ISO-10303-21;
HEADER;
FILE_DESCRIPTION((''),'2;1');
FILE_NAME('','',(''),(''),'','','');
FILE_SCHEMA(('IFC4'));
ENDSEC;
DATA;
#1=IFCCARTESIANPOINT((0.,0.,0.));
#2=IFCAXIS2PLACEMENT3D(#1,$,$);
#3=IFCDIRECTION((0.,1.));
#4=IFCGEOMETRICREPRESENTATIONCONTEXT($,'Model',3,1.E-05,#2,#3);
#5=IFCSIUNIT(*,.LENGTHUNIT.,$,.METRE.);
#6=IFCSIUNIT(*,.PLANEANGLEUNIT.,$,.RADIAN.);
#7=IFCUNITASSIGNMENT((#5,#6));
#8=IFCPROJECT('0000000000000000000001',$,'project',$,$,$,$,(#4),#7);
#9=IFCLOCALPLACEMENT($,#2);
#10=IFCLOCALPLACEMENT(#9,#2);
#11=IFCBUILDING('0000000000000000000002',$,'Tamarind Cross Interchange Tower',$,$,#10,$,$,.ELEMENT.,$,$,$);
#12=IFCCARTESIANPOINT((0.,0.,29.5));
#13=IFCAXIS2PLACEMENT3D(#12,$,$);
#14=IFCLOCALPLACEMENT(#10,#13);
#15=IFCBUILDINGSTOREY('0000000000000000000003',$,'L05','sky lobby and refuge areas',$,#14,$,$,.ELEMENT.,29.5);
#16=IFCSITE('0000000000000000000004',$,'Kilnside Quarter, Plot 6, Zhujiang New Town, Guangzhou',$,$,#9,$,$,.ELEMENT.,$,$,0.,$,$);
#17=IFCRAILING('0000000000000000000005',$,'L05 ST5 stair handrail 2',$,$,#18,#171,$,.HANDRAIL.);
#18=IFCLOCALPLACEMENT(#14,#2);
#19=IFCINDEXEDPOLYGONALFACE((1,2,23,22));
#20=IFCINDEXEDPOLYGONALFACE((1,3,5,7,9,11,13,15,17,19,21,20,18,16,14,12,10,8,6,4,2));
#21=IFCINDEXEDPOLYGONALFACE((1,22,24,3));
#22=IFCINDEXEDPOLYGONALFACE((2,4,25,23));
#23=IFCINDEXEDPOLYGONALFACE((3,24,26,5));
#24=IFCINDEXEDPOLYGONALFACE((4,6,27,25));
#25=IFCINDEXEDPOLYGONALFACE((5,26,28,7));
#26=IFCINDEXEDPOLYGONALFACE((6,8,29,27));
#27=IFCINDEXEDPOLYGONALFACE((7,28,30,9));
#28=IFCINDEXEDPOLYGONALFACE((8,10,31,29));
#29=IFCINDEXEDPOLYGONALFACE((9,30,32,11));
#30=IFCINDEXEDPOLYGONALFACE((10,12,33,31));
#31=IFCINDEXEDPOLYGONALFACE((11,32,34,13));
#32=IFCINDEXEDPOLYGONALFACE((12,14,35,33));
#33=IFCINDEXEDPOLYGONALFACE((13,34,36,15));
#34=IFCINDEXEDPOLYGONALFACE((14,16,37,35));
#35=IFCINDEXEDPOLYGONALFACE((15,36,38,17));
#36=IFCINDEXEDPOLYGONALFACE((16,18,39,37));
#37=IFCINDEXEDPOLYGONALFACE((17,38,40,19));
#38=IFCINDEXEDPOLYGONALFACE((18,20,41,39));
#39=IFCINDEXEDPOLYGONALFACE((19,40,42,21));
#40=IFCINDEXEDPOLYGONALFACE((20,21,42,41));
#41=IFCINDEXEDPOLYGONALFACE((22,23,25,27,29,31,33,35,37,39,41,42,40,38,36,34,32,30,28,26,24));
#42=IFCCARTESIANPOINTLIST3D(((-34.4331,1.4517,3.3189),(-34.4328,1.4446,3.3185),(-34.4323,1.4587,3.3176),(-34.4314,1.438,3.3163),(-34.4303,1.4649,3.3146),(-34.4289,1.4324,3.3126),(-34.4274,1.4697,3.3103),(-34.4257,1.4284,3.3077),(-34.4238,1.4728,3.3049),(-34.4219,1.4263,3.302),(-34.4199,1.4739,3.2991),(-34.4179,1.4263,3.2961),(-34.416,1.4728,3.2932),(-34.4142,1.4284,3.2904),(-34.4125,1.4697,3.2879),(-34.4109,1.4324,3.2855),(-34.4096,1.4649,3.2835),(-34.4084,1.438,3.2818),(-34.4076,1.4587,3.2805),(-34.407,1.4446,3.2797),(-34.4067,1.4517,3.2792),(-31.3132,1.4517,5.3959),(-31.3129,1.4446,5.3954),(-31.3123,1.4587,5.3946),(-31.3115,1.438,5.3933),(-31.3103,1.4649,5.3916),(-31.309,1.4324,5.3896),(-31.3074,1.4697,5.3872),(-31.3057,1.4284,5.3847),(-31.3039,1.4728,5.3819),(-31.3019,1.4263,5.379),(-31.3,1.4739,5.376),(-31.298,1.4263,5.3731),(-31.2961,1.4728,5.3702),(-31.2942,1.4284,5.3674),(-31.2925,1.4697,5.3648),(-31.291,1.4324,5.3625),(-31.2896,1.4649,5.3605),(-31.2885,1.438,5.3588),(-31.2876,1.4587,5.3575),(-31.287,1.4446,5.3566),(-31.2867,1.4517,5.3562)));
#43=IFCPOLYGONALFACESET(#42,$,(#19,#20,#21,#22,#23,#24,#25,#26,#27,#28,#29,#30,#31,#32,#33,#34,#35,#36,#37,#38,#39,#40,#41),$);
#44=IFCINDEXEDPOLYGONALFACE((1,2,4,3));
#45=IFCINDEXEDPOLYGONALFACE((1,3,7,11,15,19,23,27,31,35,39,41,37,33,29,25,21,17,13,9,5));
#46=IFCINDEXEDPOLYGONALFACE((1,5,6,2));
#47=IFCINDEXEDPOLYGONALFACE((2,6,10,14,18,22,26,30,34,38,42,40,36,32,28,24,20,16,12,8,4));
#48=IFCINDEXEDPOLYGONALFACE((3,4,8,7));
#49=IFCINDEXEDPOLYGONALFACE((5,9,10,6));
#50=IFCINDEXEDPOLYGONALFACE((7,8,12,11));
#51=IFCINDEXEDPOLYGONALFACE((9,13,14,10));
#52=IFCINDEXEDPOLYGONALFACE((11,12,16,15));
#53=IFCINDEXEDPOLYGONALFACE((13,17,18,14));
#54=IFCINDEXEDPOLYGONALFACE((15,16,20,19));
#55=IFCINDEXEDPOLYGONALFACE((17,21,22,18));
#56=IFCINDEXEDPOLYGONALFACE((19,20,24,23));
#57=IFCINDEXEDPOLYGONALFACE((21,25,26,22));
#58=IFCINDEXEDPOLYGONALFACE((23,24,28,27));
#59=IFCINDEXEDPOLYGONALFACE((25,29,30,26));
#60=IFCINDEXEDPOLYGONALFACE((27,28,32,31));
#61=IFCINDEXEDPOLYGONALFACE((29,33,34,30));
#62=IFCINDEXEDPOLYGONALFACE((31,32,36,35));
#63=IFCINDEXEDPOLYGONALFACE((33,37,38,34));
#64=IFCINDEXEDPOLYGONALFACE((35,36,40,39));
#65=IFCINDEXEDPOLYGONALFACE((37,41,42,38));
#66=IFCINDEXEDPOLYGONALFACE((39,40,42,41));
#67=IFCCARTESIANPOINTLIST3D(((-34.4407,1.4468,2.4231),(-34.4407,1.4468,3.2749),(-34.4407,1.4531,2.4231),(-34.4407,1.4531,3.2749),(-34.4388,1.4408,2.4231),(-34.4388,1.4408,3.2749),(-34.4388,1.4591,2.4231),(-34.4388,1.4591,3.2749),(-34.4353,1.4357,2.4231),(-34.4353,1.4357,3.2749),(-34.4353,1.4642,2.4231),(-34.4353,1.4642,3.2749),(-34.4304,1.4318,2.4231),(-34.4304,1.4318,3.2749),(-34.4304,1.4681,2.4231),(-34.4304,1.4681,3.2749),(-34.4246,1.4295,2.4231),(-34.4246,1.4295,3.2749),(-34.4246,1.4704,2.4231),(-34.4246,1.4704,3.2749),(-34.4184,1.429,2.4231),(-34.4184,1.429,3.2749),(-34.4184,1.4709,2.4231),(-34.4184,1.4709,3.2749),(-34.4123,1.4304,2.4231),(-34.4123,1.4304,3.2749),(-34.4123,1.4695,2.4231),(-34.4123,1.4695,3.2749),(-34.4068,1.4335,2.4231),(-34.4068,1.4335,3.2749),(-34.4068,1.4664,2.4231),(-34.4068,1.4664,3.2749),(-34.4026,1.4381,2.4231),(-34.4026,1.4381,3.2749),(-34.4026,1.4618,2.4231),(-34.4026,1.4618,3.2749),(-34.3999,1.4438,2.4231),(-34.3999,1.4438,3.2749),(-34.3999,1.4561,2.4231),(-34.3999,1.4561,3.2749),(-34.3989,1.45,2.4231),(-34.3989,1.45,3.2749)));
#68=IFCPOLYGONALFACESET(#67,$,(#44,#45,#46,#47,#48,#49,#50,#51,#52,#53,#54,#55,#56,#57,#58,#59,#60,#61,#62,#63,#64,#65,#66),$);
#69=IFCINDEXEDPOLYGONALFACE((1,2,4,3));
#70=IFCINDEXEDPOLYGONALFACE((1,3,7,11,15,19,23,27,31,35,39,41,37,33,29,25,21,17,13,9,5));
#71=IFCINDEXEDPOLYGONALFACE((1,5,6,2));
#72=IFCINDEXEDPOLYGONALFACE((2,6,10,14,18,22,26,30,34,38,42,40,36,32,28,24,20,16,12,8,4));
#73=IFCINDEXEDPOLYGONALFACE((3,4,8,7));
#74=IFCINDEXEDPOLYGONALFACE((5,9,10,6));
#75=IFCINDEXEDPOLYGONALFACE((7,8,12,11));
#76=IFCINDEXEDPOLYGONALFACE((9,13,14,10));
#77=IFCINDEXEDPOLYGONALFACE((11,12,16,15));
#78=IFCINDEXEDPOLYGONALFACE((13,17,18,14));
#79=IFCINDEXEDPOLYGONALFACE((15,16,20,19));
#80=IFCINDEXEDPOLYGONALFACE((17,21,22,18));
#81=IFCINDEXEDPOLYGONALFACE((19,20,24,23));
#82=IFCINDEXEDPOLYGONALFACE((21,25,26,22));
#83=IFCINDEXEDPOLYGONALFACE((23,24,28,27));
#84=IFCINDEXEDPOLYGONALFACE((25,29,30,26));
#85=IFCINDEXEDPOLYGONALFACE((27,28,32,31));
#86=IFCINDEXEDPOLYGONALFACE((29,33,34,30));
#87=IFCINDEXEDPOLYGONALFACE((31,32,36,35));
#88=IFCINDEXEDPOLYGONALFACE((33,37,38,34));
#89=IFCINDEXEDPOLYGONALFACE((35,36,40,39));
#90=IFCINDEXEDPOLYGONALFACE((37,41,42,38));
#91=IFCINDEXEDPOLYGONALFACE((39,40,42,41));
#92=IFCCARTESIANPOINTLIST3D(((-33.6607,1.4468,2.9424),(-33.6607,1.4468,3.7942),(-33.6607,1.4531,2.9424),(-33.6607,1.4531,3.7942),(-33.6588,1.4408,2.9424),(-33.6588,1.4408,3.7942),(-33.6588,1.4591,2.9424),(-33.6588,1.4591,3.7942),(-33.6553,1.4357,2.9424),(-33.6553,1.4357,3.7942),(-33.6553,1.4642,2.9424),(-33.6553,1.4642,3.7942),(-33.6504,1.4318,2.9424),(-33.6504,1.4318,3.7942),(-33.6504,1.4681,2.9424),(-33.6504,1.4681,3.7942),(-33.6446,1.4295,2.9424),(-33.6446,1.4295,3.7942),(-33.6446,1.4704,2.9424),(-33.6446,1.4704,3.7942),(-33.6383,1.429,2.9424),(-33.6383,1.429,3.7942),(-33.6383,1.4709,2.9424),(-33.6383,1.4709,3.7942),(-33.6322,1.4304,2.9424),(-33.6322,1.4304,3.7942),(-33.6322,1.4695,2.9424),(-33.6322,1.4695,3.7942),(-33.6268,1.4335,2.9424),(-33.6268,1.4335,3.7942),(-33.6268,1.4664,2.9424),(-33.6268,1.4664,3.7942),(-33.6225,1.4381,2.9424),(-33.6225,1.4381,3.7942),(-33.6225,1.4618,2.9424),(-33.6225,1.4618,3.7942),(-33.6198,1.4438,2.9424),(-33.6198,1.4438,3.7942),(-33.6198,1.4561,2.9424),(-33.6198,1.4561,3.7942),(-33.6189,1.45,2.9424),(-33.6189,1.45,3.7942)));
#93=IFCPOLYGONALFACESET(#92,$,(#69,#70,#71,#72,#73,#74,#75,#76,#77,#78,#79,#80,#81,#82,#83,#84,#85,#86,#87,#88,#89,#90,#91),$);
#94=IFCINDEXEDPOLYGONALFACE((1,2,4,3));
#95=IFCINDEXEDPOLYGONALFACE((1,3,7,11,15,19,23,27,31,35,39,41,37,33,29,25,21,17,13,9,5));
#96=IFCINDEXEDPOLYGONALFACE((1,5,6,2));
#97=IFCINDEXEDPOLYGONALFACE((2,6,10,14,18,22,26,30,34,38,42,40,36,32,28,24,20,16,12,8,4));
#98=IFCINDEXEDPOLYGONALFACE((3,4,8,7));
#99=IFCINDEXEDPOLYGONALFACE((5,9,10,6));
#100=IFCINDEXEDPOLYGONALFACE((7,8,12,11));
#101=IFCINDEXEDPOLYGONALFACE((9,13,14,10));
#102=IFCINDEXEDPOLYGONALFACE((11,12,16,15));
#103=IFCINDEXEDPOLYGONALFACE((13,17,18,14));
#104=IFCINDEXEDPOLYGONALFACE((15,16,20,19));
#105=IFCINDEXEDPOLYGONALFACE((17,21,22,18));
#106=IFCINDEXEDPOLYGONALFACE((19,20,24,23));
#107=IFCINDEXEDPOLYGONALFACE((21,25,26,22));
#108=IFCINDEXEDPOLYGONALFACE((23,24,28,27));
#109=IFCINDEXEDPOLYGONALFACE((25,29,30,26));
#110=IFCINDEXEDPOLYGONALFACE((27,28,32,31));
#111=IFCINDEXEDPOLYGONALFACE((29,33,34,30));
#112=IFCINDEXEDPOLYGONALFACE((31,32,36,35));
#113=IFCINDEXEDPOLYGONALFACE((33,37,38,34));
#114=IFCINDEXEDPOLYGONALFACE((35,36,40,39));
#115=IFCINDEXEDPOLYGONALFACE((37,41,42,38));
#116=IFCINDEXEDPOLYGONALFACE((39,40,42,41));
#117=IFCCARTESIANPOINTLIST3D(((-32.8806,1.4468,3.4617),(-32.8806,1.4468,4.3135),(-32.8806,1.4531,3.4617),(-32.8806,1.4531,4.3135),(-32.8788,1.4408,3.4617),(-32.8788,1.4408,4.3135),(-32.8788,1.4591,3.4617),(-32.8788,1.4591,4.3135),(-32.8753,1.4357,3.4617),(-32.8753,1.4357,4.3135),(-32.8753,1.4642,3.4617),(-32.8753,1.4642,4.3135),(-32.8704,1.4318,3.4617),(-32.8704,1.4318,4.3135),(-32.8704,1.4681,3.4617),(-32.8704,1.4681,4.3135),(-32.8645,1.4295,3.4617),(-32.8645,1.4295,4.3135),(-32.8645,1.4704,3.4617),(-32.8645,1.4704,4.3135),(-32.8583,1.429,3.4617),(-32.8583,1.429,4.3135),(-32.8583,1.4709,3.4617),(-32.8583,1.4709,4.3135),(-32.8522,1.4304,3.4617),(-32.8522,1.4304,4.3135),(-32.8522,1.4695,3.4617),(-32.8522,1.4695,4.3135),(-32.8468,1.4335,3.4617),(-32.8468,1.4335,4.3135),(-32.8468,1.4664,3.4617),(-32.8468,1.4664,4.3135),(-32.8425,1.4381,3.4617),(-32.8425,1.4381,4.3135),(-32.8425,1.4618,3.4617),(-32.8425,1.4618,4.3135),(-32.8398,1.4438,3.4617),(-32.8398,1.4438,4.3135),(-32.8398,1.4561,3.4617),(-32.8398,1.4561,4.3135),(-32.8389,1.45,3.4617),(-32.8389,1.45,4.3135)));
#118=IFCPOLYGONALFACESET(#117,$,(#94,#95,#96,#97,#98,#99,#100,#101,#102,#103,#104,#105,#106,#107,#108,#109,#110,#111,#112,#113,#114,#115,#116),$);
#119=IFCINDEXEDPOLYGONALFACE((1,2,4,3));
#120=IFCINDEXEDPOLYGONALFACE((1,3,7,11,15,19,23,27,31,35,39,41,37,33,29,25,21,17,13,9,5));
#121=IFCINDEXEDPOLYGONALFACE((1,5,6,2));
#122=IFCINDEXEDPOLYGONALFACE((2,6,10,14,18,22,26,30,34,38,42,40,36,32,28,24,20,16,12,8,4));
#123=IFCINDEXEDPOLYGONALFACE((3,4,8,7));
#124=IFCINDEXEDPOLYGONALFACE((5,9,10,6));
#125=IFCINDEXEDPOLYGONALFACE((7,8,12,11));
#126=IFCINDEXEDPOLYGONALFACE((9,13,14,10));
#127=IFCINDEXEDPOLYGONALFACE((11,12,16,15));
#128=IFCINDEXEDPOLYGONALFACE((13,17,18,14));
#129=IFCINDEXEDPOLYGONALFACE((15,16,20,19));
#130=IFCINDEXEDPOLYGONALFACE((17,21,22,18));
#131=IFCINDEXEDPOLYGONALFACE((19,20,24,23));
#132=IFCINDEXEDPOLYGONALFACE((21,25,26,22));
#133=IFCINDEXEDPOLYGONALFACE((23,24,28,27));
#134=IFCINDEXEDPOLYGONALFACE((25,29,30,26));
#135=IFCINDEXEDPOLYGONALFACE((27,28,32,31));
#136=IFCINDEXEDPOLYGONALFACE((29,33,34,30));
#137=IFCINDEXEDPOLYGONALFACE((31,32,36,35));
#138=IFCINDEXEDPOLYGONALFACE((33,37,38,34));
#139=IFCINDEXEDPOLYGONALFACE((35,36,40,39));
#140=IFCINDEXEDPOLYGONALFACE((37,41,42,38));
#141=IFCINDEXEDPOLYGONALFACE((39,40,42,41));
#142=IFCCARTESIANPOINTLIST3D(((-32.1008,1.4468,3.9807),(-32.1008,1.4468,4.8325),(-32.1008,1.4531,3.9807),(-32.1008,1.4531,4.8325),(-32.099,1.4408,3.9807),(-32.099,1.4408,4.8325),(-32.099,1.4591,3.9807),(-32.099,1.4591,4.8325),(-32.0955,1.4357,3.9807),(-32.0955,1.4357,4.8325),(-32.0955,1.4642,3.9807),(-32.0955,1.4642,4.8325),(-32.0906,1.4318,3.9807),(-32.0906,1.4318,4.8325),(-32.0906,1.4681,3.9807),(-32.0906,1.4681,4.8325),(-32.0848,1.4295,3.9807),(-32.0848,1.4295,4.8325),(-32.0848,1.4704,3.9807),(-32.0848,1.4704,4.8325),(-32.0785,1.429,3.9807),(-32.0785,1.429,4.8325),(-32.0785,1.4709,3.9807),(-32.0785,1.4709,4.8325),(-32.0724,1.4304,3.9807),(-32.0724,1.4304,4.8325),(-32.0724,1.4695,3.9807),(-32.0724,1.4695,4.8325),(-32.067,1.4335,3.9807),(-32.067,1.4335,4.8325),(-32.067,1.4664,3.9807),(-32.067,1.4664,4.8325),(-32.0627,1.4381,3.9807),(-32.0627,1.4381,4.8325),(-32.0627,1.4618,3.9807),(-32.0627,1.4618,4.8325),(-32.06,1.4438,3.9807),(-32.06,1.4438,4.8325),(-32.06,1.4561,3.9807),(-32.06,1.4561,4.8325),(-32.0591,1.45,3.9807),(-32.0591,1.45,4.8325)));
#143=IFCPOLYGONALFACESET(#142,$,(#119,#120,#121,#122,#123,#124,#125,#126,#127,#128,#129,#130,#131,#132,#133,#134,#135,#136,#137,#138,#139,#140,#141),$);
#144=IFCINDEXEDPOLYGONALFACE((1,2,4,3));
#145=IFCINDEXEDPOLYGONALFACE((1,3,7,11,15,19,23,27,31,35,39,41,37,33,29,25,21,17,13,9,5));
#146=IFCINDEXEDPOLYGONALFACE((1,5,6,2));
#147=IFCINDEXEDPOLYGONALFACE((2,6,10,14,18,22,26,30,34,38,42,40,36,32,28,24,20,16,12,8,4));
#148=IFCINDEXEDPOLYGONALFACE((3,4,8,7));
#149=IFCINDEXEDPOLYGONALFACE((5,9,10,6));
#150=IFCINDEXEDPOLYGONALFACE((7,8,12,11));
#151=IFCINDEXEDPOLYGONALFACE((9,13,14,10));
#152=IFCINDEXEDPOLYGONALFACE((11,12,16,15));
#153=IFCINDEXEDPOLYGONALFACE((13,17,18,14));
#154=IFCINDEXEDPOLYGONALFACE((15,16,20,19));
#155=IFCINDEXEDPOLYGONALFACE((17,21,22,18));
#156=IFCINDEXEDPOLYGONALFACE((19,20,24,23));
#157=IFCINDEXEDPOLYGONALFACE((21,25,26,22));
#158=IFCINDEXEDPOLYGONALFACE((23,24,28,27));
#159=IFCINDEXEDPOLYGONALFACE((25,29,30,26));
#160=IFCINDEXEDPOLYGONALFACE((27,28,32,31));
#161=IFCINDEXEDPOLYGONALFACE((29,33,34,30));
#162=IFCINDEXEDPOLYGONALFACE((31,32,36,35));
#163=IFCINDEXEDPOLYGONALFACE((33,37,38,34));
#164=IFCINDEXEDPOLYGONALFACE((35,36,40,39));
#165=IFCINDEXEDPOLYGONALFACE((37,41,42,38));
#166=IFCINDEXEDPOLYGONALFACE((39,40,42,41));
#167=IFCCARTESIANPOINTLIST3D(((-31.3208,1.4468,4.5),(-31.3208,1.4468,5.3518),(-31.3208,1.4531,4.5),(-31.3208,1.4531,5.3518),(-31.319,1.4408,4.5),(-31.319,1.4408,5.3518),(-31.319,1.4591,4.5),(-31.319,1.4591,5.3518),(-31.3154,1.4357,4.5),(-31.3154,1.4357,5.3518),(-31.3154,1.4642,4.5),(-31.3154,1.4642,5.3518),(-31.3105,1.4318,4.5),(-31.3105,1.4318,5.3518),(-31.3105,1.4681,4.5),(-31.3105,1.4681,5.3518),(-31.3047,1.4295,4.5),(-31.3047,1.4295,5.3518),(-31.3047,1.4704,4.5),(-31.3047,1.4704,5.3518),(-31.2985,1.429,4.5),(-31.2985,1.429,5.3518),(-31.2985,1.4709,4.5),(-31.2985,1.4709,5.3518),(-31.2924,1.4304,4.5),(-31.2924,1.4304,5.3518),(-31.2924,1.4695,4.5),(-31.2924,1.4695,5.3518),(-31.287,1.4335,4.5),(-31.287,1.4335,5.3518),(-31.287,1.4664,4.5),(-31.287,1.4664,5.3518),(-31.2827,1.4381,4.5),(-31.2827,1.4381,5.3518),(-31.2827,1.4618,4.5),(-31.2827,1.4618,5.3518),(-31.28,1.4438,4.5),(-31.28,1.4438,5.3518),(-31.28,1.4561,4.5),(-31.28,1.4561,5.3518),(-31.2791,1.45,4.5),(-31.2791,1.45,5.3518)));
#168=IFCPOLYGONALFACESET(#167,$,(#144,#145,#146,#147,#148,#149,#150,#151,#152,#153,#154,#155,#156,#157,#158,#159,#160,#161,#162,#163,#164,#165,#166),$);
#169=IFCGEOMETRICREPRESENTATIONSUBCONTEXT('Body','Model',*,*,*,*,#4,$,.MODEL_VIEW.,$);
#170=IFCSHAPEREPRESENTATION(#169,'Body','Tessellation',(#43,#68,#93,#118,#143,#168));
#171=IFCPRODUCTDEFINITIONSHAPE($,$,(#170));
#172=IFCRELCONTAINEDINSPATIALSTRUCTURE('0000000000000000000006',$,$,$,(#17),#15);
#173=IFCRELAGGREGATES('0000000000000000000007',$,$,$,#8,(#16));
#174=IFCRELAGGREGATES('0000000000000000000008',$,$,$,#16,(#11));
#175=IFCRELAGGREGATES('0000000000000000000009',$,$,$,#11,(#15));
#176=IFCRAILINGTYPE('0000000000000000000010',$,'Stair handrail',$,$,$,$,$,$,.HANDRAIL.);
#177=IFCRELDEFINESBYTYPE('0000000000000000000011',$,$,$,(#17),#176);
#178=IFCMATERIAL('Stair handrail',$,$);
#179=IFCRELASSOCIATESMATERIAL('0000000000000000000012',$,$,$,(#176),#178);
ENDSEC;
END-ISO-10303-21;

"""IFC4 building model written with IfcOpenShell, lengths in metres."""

from ifc_helpers import new_model, si_unit, direction, frame, origin, origin_2d, place, context, subcontext, project, spatial, circle, extrude, material, type_object, element, save


model = new_model("IFC4")

# Units and contexts
model_context = context("Model", 3, precision=1e-05, world=origin(), true_north=direction((0.0, 1.0)))
body_context = subcontext(model_context, "Body", "Model", "MODEL_VIEW")
ifc_project = project(units=[si_unit("LENGTHUNIT", "METRE"), si_unit("PLANEANGLEUNIT", "RADIAN")], contexts=[model_context])

# Site, building, storey
site_placement = place(None, origin())
site = spatial("IfcSite", under=ifc_project, at=site_placement, Name="Kilnside Quarter, Plot 6, Zhujiang New Town, Guangzhou", CompositionType="ELEMENT", RefElevation=0.0)
building_placement = place(site_placement, origin())
building = spatial("IfcBuilding", under=site, at=building_placement, Name="Tamarind Cross Interchange Tower", CompositionType="ELEMENT")
storey_placement = place(building_placement, frame((0.0, 0.0, 29.5)))
storey = spatial("IfcBuildingStorey", under=building, at=storey_placement, Name="L05", Description="sky lobby and refuge areas", CompositionType="ELEMENT", Elevation=29.5)

# Railing
ifc_material_1 = material(Name="Stair handrail")
railing_type_1 = type_object("IfcRailingType", Name="Stair handrail", PredefinedType="HANDRAIL", material=ifc_material_1)
railing_1_placement = place(storey_placement, frame((-34.4199, 1.45, 2.4231)))
element("IfcRailing", 1, at=railing_1_placement, inside=storey, type_object=railing_type_1, Name="L05 ST5 stair handrail 2", PredefinedType="HANDRAIL", context=body_context, shape_type="SweptSolid", body=[
    extrude(circle(Radius=0.0239, at=origin_2d()), frame((0.0, 0.0, 0.876), z_axis=(0.832421, 0.0, 0.554144), x_axis=(0.0, 1.0, 0.0)), (0.0, 0.0, 1.0), 3.748),
    extrude(circle(Radius=0.021, at=origin_2d()), origin(), (0.0, 0.0, 1.0), 0.8518),
    extrude(circle(Radius=0.021, at=origin_2d()), frame((0.78, 0.0, 0.5193)), (0.0, 0.0, 1.0), 0.8518),
    extrude(circle(Radius=0.021, at=origin_2d()), frame((1.5601, 0.0, 1.0386)), (0.0, 0.0, 1.0), 0.8518),
    extrude(circle(Radius=0.021, at=origin_2d()), frame((2.3398, 0.0, 1.5576)), (0.0, 0.0, 1.0), 0.8518),
    extrude(circle(Radius=0.021, at=origin_2d()), frame((3.1199, 0.0, 2.0769)), (0.0, 0.0, 1.0), 0.8518),
])

save(model, "model.ifc")
